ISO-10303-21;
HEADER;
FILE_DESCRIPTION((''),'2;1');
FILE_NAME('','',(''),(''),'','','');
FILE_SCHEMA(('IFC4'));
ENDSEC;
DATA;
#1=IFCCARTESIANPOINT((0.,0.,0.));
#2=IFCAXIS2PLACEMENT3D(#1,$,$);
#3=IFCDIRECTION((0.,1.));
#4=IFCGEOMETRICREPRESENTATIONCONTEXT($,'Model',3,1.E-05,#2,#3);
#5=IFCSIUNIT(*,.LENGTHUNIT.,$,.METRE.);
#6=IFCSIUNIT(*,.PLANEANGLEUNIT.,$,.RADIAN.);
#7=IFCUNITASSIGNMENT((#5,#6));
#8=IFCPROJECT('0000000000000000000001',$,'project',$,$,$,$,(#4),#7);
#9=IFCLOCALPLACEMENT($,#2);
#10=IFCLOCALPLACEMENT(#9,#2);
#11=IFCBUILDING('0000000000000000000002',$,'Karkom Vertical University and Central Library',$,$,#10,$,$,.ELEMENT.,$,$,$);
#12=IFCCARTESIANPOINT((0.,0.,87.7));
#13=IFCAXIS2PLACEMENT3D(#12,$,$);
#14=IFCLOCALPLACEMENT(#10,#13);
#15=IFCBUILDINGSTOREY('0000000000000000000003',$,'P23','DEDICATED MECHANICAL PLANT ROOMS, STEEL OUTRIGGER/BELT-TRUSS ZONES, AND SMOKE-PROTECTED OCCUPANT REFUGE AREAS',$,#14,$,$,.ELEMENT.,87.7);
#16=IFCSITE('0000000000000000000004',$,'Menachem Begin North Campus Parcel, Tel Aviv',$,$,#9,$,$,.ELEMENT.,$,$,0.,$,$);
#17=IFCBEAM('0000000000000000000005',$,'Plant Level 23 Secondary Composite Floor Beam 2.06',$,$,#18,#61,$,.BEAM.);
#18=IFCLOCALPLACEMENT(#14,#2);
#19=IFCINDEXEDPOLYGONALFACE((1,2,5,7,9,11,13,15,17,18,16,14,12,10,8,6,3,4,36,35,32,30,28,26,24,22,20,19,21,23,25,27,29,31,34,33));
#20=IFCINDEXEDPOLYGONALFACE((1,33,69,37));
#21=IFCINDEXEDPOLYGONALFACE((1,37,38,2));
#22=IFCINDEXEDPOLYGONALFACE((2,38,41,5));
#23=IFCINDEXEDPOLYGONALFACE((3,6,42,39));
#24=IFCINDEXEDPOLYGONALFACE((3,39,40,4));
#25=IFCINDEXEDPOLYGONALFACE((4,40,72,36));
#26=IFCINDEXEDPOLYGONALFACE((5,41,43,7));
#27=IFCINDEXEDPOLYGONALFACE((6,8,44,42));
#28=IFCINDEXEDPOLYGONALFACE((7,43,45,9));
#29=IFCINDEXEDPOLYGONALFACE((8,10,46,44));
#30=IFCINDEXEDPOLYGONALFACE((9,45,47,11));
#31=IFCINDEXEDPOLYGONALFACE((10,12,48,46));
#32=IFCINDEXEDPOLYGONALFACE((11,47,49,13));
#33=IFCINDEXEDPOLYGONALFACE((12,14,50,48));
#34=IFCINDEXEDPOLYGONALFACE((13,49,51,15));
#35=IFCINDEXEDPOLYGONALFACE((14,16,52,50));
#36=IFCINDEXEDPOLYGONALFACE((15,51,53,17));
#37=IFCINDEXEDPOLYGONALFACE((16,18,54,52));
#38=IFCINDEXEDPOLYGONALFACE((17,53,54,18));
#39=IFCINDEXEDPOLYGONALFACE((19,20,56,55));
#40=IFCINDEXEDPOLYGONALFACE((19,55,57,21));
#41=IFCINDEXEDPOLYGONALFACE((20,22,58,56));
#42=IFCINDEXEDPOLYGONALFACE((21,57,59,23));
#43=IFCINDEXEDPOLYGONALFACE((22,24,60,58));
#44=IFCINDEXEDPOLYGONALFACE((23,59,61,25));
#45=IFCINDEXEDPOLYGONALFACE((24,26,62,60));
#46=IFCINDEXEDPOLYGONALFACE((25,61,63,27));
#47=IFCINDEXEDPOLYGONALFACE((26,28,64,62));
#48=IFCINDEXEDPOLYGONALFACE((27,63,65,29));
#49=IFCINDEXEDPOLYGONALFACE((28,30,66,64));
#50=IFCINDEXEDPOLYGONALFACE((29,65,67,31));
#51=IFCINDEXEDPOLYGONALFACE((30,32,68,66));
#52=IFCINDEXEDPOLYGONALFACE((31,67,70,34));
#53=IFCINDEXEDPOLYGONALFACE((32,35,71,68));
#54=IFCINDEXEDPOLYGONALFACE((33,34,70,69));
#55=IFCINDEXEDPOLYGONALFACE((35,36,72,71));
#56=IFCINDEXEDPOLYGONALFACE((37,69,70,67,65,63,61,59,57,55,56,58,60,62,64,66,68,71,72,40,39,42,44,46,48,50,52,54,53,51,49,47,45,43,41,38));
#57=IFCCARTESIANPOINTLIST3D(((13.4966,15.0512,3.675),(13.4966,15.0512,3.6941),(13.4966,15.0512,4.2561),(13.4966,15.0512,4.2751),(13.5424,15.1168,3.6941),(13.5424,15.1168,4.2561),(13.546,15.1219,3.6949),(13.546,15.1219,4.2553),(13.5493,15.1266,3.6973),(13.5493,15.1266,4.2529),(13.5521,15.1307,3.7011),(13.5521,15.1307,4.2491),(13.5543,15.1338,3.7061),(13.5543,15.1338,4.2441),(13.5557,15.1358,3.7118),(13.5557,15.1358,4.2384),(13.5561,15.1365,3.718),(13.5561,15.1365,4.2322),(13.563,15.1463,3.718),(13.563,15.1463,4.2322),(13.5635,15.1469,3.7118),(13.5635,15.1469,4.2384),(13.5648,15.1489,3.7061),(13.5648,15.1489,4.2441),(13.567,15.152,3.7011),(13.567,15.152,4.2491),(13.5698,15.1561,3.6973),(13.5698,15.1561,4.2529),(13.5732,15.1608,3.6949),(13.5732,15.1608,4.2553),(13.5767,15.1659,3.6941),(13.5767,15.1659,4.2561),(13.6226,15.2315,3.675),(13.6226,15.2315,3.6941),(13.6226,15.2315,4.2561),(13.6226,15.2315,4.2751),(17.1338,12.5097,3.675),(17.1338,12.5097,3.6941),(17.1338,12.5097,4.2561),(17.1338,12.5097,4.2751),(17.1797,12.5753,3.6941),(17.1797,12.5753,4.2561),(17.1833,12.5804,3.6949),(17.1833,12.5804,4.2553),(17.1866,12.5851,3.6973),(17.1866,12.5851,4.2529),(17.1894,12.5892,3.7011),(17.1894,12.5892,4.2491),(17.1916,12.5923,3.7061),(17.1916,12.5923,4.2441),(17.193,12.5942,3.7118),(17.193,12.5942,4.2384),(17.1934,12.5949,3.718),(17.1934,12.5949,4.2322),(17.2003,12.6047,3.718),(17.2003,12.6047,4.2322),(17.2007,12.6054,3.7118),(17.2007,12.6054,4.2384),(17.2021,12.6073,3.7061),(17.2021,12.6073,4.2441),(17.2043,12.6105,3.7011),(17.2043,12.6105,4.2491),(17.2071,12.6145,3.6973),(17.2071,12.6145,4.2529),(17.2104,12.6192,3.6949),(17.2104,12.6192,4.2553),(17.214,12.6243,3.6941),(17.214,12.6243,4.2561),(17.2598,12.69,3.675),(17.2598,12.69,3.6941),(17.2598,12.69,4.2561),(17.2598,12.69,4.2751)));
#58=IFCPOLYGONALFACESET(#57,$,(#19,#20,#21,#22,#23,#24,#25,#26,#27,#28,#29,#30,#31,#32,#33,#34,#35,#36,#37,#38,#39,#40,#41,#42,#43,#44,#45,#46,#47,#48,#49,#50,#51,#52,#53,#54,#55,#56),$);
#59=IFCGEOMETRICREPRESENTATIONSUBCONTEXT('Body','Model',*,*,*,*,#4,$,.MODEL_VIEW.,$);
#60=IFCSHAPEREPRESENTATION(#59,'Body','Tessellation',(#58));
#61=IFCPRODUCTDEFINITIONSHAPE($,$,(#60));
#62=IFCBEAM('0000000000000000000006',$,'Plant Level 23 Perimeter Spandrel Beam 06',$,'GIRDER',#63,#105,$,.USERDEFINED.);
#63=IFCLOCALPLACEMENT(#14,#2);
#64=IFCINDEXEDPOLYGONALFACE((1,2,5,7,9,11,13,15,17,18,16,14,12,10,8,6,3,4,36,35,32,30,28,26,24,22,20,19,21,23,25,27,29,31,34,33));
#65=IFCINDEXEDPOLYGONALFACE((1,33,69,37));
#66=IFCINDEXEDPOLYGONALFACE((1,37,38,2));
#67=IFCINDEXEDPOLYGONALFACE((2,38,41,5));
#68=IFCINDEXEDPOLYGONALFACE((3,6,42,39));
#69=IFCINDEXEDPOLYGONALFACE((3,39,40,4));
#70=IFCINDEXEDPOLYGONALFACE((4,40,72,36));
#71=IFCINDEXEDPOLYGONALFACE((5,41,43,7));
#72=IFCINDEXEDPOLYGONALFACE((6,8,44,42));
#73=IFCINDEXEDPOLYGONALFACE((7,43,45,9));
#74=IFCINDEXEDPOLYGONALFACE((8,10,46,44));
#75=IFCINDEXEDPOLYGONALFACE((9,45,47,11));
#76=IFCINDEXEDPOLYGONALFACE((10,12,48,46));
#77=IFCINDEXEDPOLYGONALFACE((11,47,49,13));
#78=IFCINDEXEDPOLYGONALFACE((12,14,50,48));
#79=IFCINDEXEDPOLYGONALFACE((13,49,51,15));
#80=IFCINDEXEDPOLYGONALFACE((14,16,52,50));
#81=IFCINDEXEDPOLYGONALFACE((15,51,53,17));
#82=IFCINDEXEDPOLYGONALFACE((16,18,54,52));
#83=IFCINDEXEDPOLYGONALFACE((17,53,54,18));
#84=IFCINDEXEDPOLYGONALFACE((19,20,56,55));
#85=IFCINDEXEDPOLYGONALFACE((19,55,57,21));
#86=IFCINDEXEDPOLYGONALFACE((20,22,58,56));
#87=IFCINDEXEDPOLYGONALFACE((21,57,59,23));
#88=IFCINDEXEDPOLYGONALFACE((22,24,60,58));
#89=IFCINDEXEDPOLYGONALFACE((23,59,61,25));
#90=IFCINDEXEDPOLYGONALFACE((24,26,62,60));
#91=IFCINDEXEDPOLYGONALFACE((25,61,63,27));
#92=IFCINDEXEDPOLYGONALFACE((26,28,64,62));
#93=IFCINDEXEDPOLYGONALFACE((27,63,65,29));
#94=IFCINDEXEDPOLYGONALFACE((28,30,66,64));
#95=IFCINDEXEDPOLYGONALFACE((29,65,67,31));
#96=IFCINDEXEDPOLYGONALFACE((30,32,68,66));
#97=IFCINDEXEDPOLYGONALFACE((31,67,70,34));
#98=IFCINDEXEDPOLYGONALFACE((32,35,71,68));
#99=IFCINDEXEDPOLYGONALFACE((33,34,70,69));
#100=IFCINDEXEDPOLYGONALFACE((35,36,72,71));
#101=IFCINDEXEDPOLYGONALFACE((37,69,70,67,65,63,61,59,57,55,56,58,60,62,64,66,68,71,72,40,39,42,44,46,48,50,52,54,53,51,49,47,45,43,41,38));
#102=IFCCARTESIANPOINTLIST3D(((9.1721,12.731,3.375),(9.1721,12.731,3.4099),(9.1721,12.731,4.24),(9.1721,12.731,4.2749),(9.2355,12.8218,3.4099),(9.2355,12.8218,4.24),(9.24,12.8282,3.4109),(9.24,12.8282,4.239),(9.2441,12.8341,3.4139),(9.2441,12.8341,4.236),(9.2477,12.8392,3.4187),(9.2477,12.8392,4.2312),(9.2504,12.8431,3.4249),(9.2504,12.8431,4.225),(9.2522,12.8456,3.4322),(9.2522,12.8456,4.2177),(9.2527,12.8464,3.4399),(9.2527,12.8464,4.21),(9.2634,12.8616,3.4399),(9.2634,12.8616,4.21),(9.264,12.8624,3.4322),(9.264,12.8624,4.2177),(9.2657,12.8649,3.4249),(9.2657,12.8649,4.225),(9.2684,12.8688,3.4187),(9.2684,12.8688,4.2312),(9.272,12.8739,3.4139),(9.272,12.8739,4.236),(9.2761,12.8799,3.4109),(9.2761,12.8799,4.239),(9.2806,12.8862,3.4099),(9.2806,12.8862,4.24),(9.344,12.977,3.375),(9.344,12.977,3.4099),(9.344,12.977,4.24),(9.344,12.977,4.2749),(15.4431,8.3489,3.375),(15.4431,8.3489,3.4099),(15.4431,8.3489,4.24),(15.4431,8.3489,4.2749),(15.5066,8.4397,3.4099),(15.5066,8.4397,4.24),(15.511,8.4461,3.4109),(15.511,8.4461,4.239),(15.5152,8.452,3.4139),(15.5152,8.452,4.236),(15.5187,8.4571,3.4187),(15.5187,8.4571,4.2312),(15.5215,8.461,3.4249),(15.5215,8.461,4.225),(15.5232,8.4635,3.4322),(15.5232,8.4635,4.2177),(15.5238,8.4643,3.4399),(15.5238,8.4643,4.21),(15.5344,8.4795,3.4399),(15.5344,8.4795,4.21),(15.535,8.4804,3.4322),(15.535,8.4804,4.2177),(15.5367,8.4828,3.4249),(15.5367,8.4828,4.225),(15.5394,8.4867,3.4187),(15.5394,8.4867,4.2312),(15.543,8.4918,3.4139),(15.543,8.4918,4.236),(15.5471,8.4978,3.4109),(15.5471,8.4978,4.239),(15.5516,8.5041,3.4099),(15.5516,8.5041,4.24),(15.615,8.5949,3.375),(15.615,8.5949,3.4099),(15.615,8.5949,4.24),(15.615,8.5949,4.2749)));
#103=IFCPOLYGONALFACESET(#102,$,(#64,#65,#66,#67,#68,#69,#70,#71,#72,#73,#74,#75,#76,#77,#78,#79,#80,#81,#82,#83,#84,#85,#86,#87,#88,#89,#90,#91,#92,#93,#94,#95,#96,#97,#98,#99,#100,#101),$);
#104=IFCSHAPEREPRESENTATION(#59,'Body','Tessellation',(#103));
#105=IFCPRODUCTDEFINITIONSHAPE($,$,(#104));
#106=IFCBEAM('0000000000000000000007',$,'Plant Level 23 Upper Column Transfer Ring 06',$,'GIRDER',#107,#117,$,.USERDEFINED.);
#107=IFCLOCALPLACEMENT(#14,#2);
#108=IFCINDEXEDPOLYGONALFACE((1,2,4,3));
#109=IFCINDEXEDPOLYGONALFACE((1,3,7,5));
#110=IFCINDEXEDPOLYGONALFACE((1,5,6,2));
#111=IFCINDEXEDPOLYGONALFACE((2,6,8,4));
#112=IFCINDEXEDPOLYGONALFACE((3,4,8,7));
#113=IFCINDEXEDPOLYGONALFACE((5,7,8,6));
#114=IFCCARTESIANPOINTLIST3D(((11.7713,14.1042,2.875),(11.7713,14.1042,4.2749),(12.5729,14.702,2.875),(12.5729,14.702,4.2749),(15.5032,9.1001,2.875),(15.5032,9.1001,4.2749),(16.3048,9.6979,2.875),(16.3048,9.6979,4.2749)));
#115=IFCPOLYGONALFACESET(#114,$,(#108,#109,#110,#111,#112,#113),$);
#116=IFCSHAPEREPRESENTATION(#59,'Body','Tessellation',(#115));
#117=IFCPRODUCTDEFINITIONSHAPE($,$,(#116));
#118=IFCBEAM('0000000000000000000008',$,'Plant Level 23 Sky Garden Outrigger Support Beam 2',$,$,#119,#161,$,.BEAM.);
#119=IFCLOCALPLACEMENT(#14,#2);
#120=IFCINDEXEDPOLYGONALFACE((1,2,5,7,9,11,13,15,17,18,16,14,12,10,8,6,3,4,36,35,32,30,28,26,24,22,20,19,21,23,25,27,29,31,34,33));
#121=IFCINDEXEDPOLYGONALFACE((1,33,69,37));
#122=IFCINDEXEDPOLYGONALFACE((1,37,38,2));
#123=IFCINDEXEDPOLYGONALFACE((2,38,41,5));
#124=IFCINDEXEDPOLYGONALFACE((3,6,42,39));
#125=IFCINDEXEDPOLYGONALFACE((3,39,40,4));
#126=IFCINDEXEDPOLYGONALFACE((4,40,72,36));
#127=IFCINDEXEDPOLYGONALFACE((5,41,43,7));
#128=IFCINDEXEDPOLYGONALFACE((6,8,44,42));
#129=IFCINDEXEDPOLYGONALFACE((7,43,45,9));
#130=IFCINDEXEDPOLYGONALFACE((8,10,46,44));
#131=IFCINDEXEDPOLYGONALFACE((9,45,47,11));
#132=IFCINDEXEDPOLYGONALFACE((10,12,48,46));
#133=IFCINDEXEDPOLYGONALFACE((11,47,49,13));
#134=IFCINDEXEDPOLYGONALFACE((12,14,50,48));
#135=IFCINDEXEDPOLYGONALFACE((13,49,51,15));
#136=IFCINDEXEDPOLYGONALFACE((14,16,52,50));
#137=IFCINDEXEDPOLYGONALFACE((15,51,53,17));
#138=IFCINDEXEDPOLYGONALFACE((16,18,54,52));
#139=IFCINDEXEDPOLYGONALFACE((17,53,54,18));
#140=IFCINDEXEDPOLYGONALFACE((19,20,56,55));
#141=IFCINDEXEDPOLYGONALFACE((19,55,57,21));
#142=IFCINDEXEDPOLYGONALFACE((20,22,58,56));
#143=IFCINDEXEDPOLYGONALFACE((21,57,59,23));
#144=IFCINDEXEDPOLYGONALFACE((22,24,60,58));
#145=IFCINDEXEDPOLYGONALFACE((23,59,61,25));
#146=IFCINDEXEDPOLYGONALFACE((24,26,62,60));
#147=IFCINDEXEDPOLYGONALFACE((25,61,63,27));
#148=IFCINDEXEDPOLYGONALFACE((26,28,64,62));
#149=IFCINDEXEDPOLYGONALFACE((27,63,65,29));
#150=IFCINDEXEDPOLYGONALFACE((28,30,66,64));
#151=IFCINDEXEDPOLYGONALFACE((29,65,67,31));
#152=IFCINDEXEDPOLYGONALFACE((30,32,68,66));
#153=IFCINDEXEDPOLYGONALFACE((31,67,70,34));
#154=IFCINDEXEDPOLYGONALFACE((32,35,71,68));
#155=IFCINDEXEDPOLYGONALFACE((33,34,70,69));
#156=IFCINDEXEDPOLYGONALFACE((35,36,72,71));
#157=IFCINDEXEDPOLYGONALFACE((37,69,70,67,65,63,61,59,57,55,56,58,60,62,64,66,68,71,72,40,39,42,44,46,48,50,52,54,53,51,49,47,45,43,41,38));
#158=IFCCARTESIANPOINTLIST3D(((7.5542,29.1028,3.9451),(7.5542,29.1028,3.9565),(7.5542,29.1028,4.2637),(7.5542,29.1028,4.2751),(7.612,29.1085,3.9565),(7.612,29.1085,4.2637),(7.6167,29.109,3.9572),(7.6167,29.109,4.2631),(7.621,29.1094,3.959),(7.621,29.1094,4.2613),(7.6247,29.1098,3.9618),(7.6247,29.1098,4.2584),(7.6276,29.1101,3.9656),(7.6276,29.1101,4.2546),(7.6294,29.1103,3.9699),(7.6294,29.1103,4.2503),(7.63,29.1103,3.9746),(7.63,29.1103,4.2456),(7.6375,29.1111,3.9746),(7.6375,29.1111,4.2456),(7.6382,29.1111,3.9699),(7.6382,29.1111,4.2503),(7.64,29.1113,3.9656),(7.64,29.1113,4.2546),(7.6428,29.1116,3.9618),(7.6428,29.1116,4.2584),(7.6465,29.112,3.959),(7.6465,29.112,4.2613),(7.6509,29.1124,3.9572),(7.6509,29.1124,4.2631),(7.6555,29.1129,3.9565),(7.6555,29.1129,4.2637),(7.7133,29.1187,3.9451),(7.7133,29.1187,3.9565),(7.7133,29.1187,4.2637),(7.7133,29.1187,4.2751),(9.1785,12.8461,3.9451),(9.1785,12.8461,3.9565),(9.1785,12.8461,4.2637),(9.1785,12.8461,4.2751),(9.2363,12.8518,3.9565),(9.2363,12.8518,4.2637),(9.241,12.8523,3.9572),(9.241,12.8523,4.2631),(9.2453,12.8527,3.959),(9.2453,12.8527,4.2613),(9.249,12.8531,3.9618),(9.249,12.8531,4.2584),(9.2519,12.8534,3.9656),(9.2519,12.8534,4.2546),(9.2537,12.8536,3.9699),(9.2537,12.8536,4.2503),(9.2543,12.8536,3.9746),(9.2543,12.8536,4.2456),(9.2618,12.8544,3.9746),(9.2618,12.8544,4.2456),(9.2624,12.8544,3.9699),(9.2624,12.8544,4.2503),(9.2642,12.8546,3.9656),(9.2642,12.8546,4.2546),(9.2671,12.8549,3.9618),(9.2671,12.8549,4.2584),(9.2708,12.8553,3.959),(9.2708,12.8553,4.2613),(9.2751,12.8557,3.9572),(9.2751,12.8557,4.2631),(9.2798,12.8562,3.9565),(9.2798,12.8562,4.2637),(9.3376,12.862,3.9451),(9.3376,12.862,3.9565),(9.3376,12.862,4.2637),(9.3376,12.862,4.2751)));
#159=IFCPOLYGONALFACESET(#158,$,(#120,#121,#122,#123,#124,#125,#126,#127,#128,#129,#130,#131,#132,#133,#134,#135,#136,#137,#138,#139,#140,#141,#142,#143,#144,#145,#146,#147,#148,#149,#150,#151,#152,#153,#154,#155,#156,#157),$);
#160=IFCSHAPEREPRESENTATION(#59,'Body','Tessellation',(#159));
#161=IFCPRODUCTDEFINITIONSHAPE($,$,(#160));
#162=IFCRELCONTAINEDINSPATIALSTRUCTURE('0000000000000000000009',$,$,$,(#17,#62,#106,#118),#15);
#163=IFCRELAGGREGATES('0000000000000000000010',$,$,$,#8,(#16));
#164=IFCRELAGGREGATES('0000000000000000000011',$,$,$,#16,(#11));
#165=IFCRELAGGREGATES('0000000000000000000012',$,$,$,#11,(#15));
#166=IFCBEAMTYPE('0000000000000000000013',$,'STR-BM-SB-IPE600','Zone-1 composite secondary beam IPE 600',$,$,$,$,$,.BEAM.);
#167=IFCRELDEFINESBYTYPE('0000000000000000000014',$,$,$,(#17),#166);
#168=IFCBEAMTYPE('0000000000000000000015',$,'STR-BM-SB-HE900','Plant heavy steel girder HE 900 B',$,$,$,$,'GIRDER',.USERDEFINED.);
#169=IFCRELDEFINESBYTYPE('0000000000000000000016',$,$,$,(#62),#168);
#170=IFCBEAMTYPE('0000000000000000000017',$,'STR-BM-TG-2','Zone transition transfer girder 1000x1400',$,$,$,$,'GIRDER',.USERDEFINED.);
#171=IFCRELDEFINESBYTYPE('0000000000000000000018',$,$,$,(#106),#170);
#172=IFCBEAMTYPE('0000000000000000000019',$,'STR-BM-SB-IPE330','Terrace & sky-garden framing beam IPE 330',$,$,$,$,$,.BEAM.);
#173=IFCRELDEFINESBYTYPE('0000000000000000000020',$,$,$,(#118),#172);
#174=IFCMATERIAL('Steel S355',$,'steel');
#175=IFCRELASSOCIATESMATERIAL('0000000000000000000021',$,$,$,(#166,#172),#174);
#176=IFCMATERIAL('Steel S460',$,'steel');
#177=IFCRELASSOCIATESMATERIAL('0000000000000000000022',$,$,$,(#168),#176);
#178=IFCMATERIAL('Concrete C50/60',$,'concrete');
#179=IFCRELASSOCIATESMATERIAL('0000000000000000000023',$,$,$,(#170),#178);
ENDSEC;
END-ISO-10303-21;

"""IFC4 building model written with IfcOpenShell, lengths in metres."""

from ifc_helpers import new_model, si_unit, direction, frame, origin, origin_with_axes, origin_2d, place, context, subcontext, project, spatial, rectangle, i_section, extrude, source, transform, mapped, material, material_profile, profile_set, type_object, element, save


model = new_model("IFC4")

# Units and contexts
model_context = context("Model", 3, precision=1e-05, world=origin(), true_north=direction((0.0, 1.0)))
body_context = subcontext(model_context, "Body", "Model", "MODEL_VIEW")
ifc_project = project(units=[si_unit("LENGTHUNIT", "METRE"), si_unit("PLANEANGLEUNIT", "RADIAN")], contexts=[model_context])

# Site, building, storey
site_placement = place(None, origin())
site = spatial("IfcSite", under=ifc_project, at=site_placement, Name="Menachem Begin North Campus Parcel, Tel Aviv", CompositionType="ELEMENT", RefElevation=0.0)
building_placement = place(site_placement, origin())
building = spatial("IfcBuilding", under=site, at=building_placement, Name="Karkom Vertical University and Central Library", CompositionType="ELEMENT")
storey_placement = place(building_placement, frame((0.0, 0.0, 87.7)))
storey = spatial("IfcBuildingStorey", under=building, at=storey_placement, Name="P23", Description="DEDICATED MECHANICAL PLANT ROOMS, STEEL OUTRIGGER/BELT-TRUSS ZONES, AND SMOKE-PROTECTED OCCUPANT REFUGE AREAS", CompositionType="ELEMENT", Elevation=87.7)

# Beams
ifc_material_1 = material(Name="Steel S355", Category="steel")
ifc_material_profile_1 = material_profile(ifc_material_1, i_section(OverallWidth=0.22, OverallDepth=0.6001, WebThickness=0.012, FlangeThickness=0.019, FilletRadius=0.0239, at=origin_2d()), Name="IPE 600")
ifc_profile_set_1 = profile_set([ifc_material_profile_1], Name="Steel S355")
beam_type_1 = type_object("IfcBeamType", Name="STR-BM-SB-IPE600", Description="Zone-1 composite secondary beam IPE 600", PredefinedType="BEAM", material=ifc_profile_set_1)
shared_shape_1 = source(origin_with_axes(), body_context, "Body", "SweptSolid", [
    extrude(i_section(OverallWidth=0.22, OverallDepth=0.6001, WebThickness=0.012, FlangeThickness=0.019, FilletRadius=0.0239, at=origin_2d()), origin(), (0.0, 0.0, 1.0), 4.4373),
])
beam_1_placement = place(storey_placement, frame((13.5596, 15.1414, 3.9751), z_axis=(0.819712, -0.572775, 0.0), x_axis=(0.572775, 0.819712, 0.0)))
element("IfcBeam", 1, at=beam_1_placement, inside=storey, type_object=beam_type_1, Name="Plant Level 23 Secondary Composite Floor Beam 2.06", PredefinedType="BEAM", context=body_context, shape_type="MappedRepresentation", body=[
    mapped(shared_shape_1, transform((0.0, 0.0, 0.0), scale=1.0)),
])
ifc_material_2 = material(Name="Steel S460", Category="steel")
ifc_material_profile_2 = material_profile(ifc_material_2, i_section(OverallWidth=0.3, OverallDepth=0.8999, WebThickness=0.0186, FlangeThickness=0.0349, FilletRadius=0.03, at=origin_2d()), Name="HE 900 B")
ifc_profile_set_2 = profile_set([ifc_material_profile_2], Name="Steel S460")
beam_type_2 = type_object("IfcBeamType", Name="STR-BM-SB-HE900", Description="Plant heavy steel girder HE 900 B", ElementType="GIRDER", PredefinedType="USERDEFINED", material=ifc_profile_set_2)
shared_shape_2 = source(origin_with_axes(), body_context, "Body", "SweptSolid", [
    extrude(i_section(OverallWidth=0.3, OverallDepth=0.8999, WebThickness=0.0186, FlangeThickness=0.0349, FilletRadius=0.03, at=origin_2d()), origin(), (0.0, 0.0, 1.0), 7.6504),
])
beam_2_placement = place(storey_placement, frame((9.2581, 12.854, 3.825), z_axis=(0.819699, -0.572794, 0.0), x_axis=(0.572794, 0.819699, 0.0)))
element("IfcBeam", 2, at=beam_2_placement, inside=storey, type_object=beam_type_2, Name="Plant Level 23 Perimeter Spandrel Beam 06", ObjectType="GIRDER", PredefinedType="USERDEFINED", context=body_context, shape_type="MappedRepresentation", body=[
    mapped(shared_shape_2, transform((0.0, 0.0, 0.0), scale=1.0)),
])
ifc_material_3 = material(Name="Concrete C50/60", Category="concrete")
ifc_material_profile_3 = material_profile(ifc_material_3, rectangle(XDim=1.0, YDim=1.3999, at=origin_2d()), Name="TG-1000x1400")
ifc_profile_set_3 = profile_set([ifc_material_profile_3], Name="Concrete C50/60")
beam_type_3 = type_object("IfcBeamType", Name="STR-BM-TG-2", Description="Zone transition transfer girder 1000x1400", ElementType="GIRDER", PredefinedType="USERDEFINED", material=ifc_profile_set_3)
shared_shape_3 = source(origin_with_axes(), body_context, "Body", "SweptSolid", [
    extrude(rectangle(XDim=1.0, YDim=1.3999, at=origin_2d()), origin(), (0.0, 0.0, 1.0), 6.2424),
])
beam_3_placement = place(storey_placement, frame((12.1721, 14.4031, 3.575), z_axis=(0.597826, -0.801626, 0.0), x_axis=(0.801626, 0.597826, 0.0)))
element("IfcBeam", 3, at=beam_3_placement, inside=storey, type_object=beam_type_3, Name="Plant Level 23 Upper Column Transfer Ring 06", ObjectType="GIRDER", PredefinedType="USERDEFINED", context=body_context, shape_type="MappedRepresentation", body=[
    mapped(shared_shape_3, transform((0.0, 0.0, 0.0), scale=1.0)),
])
ifc_material_profile_4 = material_profile(ifc_material_1, i_section(OverallWidth=0.1599, OverallDepth=0.3301, WebThickness=0.0076, FlangeThickness=0.0115, FilletRadius=0.0181, at=origin_2d()), Name="IPE 330")
ifc_profile_set_4 = profile_set([ifc_material_profile_4], Name="Steel S355")
beam_type_4 = type_object("IfcBeamType", Name="STR-BM-SB-IPE330", Description="Terrace & sky-garden framing beam IPE 330", PredefinedType="BEAM", material=ifc_profile_set_4)
shared_shape_4 = source(origin_with_axes(), body_context, "Body", "SweptSolid", [
    extrude(i_section(OverallWidth=0.1599, OverallDepth=0.3301, WebThickness=0.0076, FlangeThickness=0.0115, FilletRadius=0.0181, at=origin_2d()), origin(), (0.0, 0.0, 1.0), 16.3376),
])
beam_4_placement = place(storey_placement, frame((9.2581, 12.854, 4.1101), z_axis=(-0.099419, 0.995046, 0.0), x_axis=(-0.995046, -0.099419, 0.0)))
element("IfcBeam", 4, at=beam_4_placement, inside=storey, type_object=beam_type_4, Name="Plant Level 23 Sky Garden Outrigger Support Beam 2", PredefinedType="BEAM", context=body_context, shape_type="MappedRepresentation", body=[
    mapped(shared_shape_4, transform((0.0, 0.0, 0.0), scale=1.0)),
])

save(model, "model.ifc")
